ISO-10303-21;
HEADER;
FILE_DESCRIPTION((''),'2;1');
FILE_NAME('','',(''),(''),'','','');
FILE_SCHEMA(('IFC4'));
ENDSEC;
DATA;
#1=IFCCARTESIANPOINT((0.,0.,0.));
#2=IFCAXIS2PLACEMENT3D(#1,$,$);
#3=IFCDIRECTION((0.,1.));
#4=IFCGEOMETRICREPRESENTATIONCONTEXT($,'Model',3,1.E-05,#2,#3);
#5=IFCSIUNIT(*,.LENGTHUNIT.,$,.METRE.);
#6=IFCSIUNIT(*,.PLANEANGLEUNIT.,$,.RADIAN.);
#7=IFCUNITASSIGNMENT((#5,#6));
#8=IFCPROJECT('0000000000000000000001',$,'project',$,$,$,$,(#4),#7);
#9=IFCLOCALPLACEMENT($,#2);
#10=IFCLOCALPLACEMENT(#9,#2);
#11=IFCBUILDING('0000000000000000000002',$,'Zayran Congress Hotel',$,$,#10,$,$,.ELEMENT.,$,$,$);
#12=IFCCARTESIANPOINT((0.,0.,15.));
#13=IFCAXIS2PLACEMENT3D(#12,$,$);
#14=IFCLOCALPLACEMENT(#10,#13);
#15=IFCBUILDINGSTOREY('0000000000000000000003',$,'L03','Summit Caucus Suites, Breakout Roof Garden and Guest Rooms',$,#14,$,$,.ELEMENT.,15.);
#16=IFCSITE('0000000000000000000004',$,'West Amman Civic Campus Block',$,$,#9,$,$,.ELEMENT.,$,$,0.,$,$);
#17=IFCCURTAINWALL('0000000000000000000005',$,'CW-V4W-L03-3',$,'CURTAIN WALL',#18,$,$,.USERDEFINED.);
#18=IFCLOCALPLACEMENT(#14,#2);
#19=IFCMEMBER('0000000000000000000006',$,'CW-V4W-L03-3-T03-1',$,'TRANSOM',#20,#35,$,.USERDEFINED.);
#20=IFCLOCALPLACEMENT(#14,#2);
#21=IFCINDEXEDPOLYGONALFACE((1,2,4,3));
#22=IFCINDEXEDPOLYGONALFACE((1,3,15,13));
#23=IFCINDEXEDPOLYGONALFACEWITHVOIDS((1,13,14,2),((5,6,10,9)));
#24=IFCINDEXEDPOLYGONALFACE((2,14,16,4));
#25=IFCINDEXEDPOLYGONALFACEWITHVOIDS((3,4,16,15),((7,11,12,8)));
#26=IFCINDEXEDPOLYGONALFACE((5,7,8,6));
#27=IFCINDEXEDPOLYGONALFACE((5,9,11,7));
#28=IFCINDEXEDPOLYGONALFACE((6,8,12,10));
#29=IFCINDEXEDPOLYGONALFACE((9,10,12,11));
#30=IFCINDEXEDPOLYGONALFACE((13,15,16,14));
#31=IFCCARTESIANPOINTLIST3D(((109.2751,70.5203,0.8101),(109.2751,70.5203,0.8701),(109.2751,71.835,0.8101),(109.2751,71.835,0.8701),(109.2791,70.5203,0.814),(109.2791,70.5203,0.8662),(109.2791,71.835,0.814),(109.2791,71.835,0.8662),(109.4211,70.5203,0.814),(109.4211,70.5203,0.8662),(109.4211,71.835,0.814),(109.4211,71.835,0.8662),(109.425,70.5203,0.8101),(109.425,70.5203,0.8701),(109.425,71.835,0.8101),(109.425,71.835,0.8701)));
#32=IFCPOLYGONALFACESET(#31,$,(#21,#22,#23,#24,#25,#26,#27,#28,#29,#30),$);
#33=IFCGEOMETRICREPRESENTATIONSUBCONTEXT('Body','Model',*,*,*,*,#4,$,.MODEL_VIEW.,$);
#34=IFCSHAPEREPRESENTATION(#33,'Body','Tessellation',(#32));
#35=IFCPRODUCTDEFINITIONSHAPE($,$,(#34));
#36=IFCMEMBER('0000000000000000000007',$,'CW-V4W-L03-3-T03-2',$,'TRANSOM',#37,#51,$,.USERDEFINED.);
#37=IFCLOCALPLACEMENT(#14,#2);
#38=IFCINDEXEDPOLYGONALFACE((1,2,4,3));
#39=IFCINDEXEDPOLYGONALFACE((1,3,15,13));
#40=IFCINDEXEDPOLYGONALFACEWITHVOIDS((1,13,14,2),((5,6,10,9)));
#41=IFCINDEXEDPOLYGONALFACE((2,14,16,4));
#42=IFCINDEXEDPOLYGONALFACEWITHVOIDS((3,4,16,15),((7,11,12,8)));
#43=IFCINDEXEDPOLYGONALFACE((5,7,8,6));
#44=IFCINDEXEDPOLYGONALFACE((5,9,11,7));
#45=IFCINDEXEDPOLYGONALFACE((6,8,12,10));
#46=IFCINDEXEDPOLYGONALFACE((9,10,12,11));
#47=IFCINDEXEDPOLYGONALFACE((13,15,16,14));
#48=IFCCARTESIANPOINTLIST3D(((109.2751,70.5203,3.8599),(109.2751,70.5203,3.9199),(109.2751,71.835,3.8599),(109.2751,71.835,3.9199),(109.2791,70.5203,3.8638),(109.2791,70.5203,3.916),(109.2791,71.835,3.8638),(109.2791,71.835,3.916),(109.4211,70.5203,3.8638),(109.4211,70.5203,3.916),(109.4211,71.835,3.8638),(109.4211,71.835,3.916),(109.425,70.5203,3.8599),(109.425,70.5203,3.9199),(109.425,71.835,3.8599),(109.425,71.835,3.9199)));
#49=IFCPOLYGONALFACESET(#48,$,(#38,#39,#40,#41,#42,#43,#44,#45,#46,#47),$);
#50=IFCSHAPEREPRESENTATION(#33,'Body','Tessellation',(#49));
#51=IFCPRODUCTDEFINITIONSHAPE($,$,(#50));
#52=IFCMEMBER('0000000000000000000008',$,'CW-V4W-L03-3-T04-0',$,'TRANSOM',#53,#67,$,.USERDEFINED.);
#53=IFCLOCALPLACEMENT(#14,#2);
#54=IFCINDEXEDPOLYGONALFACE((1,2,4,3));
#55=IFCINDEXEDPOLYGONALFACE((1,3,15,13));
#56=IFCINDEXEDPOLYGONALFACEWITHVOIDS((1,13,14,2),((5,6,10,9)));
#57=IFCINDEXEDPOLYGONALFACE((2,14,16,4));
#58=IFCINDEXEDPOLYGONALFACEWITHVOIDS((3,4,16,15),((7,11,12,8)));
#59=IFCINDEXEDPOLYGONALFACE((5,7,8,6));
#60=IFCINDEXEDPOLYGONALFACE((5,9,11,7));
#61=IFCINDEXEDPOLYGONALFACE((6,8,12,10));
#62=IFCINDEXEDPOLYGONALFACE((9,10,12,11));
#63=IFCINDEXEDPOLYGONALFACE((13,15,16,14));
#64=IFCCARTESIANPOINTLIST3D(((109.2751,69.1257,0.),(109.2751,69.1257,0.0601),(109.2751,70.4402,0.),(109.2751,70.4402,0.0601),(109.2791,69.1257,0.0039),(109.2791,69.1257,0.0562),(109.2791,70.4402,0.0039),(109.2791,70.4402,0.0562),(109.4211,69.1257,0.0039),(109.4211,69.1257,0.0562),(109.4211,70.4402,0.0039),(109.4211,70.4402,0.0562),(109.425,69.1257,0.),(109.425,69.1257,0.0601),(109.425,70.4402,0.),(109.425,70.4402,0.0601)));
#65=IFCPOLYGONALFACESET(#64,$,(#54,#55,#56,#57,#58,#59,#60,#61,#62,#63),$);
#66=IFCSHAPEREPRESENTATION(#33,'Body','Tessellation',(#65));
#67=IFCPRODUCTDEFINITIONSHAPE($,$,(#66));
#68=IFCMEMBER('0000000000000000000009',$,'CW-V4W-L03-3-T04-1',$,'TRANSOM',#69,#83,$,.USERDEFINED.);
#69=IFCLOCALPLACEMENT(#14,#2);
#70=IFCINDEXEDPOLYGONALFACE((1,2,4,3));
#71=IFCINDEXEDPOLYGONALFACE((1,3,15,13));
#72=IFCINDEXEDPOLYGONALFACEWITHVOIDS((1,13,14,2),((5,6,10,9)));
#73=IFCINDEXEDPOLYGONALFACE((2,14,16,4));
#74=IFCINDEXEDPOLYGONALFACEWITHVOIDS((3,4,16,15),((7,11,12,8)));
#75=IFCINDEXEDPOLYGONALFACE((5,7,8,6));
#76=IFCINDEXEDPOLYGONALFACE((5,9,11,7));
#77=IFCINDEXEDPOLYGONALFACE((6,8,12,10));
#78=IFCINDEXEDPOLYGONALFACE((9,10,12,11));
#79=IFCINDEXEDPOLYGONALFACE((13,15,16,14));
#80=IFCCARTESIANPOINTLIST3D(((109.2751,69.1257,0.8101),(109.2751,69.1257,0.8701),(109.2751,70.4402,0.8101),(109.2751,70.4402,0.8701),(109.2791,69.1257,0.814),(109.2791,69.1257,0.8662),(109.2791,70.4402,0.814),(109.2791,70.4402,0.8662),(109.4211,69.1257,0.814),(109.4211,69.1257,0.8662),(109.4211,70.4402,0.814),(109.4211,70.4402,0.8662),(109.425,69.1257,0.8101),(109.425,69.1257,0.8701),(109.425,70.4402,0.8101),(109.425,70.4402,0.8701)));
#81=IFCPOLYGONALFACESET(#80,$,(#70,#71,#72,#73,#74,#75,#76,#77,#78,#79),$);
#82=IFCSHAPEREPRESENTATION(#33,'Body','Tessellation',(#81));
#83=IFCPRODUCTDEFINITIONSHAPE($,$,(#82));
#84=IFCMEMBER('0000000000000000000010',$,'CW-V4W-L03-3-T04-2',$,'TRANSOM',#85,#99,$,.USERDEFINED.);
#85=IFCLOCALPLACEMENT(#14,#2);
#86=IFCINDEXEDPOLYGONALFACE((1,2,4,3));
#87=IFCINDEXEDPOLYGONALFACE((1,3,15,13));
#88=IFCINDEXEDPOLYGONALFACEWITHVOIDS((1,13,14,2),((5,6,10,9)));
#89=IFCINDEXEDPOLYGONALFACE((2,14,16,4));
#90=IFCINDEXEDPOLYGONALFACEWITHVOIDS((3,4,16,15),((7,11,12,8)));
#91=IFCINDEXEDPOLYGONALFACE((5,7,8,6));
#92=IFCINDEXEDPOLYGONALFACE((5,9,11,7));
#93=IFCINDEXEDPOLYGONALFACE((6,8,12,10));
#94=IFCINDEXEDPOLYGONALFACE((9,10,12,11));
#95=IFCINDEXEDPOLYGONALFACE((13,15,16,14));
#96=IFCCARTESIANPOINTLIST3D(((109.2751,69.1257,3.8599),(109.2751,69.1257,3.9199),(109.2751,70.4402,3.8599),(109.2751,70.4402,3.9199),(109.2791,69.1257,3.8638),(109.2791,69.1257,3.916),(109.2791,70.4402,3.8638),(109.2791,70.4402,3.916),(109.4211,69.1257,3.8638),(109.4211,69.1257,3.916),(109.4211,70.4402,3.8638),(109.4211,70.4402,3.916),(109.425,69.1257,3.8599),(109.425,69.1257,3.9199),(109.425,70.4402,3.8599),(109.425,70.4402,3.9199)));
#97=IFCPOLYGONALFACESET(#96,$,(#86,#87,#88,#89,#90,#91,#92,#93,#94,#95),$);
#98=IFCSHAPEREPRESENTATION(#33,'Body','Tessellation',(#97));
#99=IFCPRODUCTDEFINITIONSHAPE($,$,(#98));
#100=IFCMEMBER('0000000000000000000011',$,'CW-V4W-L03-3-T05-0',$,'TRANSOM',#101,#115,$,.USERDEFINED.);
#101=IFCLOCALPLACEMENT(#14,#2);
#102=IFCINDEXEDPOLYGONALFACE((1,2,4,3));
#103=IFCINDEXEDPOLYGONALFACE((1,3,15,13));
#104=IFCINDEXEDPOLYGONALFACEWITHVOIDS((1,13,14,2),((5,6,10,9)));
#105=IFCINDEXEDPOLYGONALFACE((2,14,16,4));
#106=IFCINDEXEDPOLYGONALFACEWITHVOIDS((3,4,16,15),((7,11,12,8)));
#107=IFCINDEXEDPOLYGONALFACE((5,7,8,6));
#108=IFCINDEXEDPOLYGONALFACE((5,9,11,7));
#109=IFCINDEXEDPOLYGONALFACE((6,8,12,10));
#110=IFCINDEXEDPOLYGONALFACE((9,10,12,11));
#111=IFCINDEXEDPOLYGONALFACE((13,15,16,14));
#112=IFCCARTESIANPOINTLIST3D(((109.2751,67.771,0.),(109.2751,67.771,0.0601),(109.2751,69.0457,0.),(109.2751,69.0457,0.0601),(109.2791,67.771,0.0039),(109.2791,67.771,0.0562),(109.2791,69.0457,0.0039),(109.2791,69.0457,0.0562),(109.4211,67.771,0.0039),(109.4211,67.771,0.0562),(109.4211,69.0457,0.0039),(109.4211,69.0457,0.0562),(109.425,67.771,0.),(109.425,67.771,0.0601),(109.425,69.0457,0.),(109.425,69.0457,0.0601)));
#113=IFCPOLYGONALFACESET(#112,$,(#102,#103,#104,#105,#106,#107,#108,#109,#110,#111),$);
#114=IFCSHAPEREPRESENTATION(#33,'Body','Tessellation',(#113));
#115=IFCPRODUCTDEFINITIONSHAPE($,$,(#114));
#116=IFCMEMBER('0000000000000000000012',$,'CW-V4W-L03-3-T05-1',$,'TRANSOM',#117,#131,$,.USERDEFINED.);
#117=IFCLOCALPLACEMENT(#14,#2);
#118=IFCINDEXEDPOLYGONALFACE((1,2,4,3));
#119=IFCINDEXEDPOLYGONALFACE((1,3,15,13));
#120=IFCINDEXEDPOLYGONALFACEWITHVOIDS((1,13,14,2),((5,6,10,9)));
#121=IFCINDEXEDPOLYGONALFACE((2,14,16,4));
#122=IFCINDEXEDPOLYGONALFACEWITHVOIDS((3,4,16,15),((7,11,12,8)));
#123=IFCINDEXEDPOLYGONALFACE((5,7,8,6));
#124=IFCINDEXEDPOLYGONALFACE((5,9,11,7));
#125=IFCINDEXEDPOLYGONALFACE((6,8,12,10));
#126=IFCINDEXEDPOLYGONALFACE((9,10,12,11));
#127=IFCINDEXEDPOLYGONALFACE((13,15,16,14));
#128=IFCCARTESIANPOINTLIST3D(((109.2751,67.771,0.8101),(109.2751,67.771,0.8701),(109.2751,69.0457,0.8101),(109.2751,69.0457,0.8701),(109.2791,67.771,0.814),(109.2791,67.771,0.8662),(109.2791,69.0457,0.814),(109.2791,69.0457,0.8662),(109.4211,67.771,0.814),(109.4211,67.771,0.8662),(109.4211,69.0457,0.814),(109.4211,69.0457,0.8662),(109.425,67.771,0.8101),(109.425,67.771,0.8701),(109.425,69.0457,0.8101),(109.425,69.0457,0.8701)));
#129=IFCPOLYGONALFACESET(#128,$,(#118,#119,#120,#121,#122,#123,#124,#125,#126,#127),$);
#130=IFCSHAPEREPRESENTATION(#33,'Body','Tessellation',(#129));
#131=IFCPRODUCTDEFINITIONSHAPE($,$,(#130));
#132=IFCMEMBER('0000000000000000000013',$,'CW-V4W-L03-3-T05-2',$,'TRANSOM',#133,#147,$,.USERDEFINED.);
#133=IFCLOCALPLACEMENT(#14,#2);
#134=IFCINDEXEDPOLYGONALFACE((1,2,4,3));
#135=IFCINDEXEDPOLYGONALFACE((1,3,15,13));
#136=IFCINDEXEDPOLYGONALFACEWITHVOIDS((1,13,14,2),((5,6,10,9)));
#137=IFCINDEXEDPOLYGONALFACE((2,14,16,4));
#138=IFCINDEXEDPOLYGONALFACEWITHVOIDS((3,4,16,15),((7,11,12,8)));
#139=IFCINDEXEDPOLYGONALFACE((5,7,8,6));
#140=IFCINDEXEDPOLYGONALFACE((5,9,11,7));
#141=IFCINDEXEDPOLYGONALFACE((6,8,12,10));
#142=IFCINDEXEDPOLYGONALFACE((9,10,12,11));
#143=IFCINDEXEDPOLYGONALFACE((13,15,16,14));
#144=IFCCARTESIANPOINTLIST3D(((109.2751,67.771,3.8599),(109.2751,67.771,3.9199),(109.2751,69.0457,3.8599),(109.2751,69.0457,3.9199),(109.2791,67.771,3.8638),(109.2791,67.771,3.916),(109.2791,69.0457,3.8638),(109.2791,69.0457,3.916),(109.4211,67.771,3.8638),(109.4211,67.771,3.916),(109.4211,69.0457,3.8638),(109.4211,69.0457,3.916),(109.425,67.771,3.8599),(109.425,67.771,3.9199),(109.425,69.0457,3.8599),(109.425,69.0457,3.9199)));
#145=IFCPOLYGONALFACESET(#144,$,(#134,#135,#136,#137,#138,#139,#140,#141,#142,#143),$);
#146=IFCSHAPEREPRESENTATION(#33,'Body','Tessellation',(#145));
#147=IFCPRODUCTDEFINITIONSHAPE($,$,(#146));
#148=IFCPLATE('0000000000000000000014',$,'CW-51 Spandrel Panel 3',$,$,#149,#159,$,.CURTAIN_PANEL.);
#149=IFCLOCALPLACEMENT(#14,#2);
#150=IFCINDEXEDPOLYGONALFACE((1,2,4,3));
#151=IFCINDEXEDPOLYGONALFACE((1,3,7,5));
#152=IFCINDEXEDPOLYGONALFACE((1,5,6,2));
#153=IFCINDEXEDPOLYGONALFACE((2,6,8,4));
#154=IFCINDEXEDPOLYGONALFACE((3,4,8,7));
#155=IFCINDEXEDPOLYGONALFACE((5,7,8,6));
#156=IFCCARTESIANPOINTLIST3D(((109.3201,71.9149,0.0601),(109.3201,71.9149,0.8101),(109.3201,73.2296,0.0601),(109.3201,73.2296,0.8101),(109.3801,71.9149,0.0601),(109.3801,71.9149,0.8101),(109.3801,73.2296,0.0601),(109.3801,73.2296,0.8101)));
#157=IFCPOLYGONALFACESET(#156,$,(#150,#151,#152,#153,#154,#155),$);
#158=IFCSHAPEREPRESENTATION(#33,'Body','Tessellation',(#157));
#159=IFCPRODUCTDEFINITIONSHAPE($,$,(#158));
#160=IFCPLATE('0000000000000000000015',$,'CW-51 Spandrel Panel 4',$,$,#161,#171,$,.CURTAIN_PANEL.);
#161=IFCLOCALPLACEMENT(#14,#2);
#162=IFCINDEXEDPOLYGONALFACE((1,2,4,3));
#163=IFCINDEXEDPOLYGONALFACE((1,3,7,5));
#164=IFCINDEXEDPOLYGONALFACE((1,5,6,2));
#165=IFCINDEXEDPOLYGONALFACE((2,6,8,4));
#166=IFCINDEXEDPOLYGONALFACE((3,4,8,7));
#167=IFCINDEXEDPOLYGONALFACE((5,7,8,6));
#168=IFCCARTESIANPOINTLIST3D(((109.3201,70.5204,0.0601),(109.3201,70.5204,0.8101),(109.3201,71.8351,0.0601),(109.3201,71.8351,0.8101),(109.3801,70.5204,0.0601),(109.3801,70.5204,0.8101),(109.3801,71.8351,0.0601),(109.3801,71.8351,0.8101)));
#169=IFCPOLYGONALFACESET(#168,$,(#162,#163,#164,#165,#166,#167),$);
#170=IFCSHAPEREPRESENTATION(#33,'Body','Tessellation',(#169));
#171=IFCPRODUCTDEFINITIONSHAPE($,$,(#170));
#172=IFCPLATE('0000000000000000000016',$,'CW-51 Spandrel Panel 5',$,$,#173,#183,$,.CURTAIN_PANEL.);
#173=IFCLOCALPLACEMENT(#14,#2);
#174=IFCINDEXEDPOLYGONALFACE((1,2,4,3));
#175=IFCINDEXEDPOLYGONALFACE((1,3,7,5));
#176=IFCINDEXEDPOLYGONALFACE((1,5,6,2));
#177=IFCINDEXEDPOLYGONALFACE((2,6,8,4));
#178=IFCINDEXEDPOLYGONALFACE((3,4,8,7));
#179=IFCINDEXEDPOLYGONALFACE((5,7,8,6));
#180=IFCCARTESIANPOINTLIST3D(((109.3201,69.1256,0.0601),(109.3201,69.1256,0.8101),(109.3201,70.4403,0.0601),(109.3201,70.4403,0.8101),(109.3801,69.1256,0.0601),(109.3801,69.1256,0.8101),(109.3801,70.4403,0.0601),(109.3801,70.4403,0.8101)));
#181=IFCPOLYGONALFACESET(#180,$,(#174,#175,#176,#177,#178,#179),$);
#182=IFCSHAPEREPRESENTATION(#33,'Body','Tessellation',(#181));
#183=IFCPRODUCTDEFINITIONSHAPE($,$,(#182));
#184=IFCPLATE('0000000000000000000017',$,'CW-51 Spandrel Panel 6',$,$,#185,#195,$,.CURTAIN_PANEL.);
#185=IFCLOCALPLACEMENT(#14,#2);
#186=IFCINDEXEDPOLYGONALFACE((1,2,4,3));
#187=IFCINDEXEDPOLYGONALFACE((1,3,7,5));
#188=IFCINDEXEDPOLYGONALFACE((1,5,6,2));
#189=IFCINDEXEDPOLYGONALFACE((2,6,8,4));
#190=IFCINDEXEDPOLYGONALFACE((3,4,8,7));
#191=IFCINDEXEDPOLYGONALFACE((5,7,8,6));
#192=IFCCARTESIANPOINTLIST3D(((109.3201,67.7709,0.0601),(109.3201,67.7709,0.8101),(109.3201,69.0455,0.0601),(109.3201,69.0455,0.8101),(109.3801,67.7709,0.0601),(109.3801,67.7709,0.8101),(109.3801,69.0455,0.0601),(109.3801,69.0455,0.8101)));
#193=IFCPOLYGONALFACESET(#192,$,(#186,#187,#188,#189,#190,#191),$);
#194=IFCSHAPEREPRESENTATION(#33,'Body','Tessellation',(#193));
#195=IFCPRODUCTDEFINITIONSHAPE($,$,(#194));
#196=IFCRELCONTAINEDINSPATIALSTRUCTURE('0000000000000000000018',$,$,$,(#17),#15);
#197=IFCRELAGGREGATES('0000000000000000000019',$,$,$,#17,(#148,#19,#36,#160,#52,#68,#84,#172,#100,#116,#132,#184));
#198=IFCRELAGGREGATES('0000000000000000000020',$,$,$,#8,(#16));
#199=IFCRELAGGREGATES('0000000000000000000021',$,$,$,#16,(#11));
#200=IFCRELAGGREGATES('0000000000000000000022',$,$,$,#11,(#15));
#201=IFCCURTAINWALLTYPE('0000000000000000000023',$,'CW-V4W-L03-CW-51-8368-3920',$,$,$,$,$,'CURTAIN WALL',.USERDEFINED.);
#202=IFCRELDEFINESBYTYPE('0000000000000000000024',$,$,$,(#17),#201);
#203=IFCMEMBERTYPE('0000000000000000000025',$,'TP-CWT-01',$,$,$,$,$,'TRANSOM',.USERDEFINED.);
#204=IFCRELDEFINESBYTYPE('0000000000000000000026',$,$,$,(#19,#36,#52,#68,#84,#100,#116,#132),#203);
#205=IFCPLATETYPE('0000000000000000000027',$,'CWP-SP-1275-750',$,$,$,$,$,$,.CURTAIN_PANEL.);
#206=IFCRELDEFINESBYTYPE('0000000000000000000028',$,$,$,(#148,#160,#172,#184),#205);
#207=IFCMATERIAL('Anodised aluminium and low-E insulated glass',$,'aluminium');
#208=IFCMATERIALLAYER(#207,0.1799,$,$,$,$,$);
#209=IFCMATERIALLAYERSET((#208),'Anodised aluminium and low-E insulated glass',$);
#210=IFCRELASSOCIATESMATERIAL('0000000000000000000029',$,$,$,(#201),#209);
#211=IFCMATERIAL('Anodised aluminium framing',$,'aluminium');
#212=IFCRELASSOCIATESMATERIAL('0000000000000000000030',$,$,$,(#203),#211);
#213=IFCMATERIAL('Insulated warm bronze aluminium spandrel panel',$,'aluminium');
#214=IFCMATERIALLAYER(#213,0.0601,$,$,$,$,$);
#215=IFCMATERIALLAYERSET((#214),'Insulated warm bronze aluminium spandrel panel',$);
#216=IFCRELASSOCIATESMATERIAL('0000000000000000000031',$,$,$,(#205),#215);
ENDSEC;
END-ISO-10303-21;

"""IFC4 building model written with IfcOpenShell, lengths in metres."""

from ifc_helpers import new_model, si_unit, direction, frame, origin, origin_2d, place, context, subcontext, project, spatial, rectangle, hollow_rectangle, extrude, material, layer, layer_set, material_profile, profile_set, type_object, element, aggregate, save


model = new_model("IFC4")

# Units and contexts
model_context = context("Model", 3, precision=1e-05, world=origin(), true_north=direction((0.0, 1.0)))
body_context = subcontext(model_context, "Body", "Model", "MODEL_VIEW")
ifc_project = project(units=[si_unit("LENGTHUNIT", "METRE"), si_unit("PLANEANGLEUNIT", "RADIAN")], contexts=[model_context])

# Site, building, storey
site_placement = place(None, origin())
site = spatial("IfcSite", under=ifc_project, at=site_placement, Name="West Amman Civic Campus Block", CompositionType="ELEMENT", RefElevation=0.0)
building_placement = place(site_placement, origin())
building = spatial("IfcBuilding", under=site, at=building_placement, Name="Zayran Congress Hotel", CompositionType="ELEMENT")
storey_placement = place(building_placement, frame((0.0, 0.0, 15.0)))
storey = spatial("IfcBuildingStorey", under=building, at=storey_placement, Name="L03", Description="Summit Caucus Suites, Breakout Roof Garden and Guest Rooms", CompositionType="ELEMENT", Elevation=15.0)

# Shared definitions
ifc_material_1 = material(Name="Anodised aluminium and low-E insulated glass", Category="aluminium")
ifc_material_2 = material(Name="Anodised aluminium framing", Category="aluminium")

# Curtain wall
ifc_layer_1 = layer(ifc_material_1, 0.1799)
ifc_layer_set_1 = layer_set([ifc_layer_1], Name="Anodised aluminium and low-E insulated glass")
curtain_wall_type_1 = type_object("IfcCurtainWallType", Name="CW-V4W-L03-CW-51-8368-3920", ElementType="CURTAIN WALL", PredefinedType="USERDEFINED", material=ifc_layer_set_1)
curtain_wall_1_placement = place(storey_placement, origin())
curtain_wall_1 = element("IfcCurtainWall", 1, at=curtain_wall_1_placement, inside=storey, type_object=curtain_wall_type_1, Name="CW-V4W-L03-3", ObjectType="CURTAIN WALL", PredefinedType="USERDEFINED")

# Members
ifc_material_profile_1 = material_profile(ifc_material_2, hollow_rectangle(XDim=0.0601, YDim=0.1499, WallThickness=0.0039, at=origin_2d()), Name="RHS 150x60x4")
ifc_profile_set_1 = profile_set([ifc_material_profile_1], Name="Anodised aluminium framing")
member_type_1 = type_object("IfcMemberType", Name="TP-CWT-01", ElementType="TRANSOM", PredefinedType="USERDEFINED", material=ifc_profile_set_1)
member_1_placement = place(storey_placement, frame((109.3501, 71.835, 0.8401), z_axis=(0.0, -1.0, 0.0), x_axis=(0.0, 0.0, 1.0)))
member_1 = element("IfcMember", 2, at=member_1_placement, type_object=member_type_1, Name="CW-V4W-L03-3-T03-1", ObjectType="TRANSOM", PredefinedType="USERDEFINED", context=body_context, shape_type="SweptSolid", body=[
    extrude(hollow_rectangle(XDim=0.0601, YDim=0.1499, WallThickness=0.0039, at=origin_2d()), origin(), (0.0, 0.0, 1.0), 1.3147),
])
member_2_placement = place(storey_placement, frame((109.3501, 71.835, 3.8899), z_axis=(0.0, -1.0, 0.0), x_axis=(0.0, 0.0, 1.0)))
member_2 = element("IfcMember", 3, at=member_2_placement, type_object=member_type_1, Name="CW-V4W-L03-3-T03-2", ObjectType="TRANSOM", PredefinedType="USERDEFINED", context=body_context, shape_type="SweptSolid", body=[
    extrude(hollow_rectangle(XDim=0.0601, YDim=0.1499, WallThickness=0.0039, at=origin_2d()), origin(), (0.0, 0.0, 1.0), 1.3147),
])
member_3_placement = place(storey_placement, frame((109.3501, 70.4402, 0.03), z_axis=(0.0, -1.0, 0.0), x_axis=(0.0, 0.0, 1.0)))
member_3 = element("IfcMember", 4, at=member_3_placement, type_object=member_type_1, Name="CW-V4W-L03-3-T04-0", ObjectType="TRANSOM", PredefinedType="USERDEFINED", context=body_context, shape_type="SweptSolid", body=[
    extrude(hollow_rectangle(XDim=0.0601, YDim=0.1499, WallThickness=0.0039, at=origin_2d()), origin(), (0.0, 0.0, 1.0), 1.3145),
])
member_4_placement = place(storey_placement, frame((109.3501, 70.4402, 0.8401), z_axis=(0.0, -1.0, 0.0), x_axis=(0.0, 0.0, 1.0)))
member_4 = element("IfcMember", 5, at=member_4_placement, type_object=member_type_1, Name="CW-V4W-L03-3-T04-1", ObjectType="TRANSOM", PredefinedType="USERDEFINED", context=body_context, shape_type="SweptSolid", body=[
    extrude(hollow_rectangle(XDim=0.0601, YDim=0.1499, WallThickness=0.0039, at=origin_2d()), origin(), (0.0, 0.0, 1.0), 1.3145),
])
member_5_placement = place(storey_placement, frame((109.3501, 70.4402, 3.8899), z_axis=(0.0, -1.0, 0.0), x_axis=(0.0, 0.0, 1.0)))
member_5 = element("IfcMember", 6, at=member_5_placement, type_object=member_type_1, Name="CW-V4W-L03-3-T04-2", ObjectType="TRANSOM", PredefinedType="USERDEFINED", context=body_context, shape_type="SweptSolid", body=[
    extrude(hollow_rectangle(XDim=0.0601, YDim=0.1499, WallThickness=0.0039, at=origin_2d()), origin(), (0.0, 0.0, 1.0), 1.3145),
])
member_6_placement = place(storey_placement, frame((109.3501, 69.0457, 0.03), z_axis=(0.0, -1.0, 0.0), x_axis=(0.0, 0.0, 1.0)))
member_6 = element("IfcMember", 7, at=member_6_placement, type_object=member_type_1, Name="CW-V4W-L03-3-T05-0", ObjectType="TRANSOM", PredefinedType="USERDEFINED", context=body_context, shape_type="SweptSolid", body=[
    extrude(hollow_rectangle(XDim=0.0601, YDim=0.1499, WallThickness=0.0039, at=origin_2d()), origin(), (0.0, 0.0, 1.0), 1.2747),
])
member_7_placement = place(storey_placement, frame((109.3501, 69.0457, 0.8401), z_axis=(0.0, -1.0, 0.0), x_axis=(0.0, 0.0, 1.0)))
member_7 = element("IfcMember", 8, at=member_7_placement, type_object=member_type_1, Name="CW-V4W-L03-3-T05-1", ObjectType="TRANSOM", PredefinedType="USERDEFINED", context=body_context, shape_type="SweptSolid", body=[
    extrude(hollow_rectangle(XDim=0.0601, YDim=0.1499, WallThickness=0.0039, at=origin_2d()), origin(), (0.0, 0.0, 1.0), 1.2747),
])
member_8_placement = place(storey_placement, frame((109.3501, 69.0457, 3.8899), z_axis=(0.0, -1.0, 0.0), x_axis=(0.0, 0.0, 1.0)))
member_8 = element("IfcMember", 9, at=member_8_placement, type_object=member_type_1, Name="CW-V4W-L03-3-T05-2", ObjectType="TRANSOM", PredefinedType="USERDEFINED", context=body_context, shape_type="SweptSolid", body=[
    extrude(hollow_rectangle(XDim=0.0601, YDim=0.1499, WallThickness=0.0039, at=origin_2d()), origin(), (0.0, 0.0, 1.0), 1.2747),
])

# Plates
ifc_material_3 = material(Name="Insulated warm bronze aluminium spandrel panel", Category="aluminium")
ifc_layer_2 = layer(ifc_material_3, 0.0601)
ifc_layer_set_2 = layer_set([ifc_layer_2], Name="Insulated warm bronze aluminium spandrel panel")
plate_type_1 = type_object("IfcPlateType", Name="CWP-SP-1275-750", PredefinedType="CURTAIN_PANEL", material=ifc_layer_set_2)
plate_1_placement = place(storey_placement, frame((109.3501, 72.5723, 0.0601), z_axis=(0.0, 0.0, 1.0), x_axis=(0.0, 1.0, 0.0)))
plate_1 = element("IfcPlate", 10, at=plate_1_placement, type_object=plate_type_1, Name="CW-51 Spandrel Panel 3", PredefinedType="CURTAIN_PANEL", context=body_context, shape_type="SweptSolid", body=[
    extrude(rectangle(XDim=1.3147, YDim=0.0601, at=origin_2d()), origin(), (0.0, 0.0, 1.0), 0.75),
])
plate_2_placement = place(storey_placement, frame((109.3501, 71.1777, 0.0601), z_axis=(0.0, 0.0, 1.0), x_axis=(0.0, 1.0, 0.0)))
plate_2 = element("IfcPlate", 11, at=plate_2_placement, type_object=plate_type_1, Name="CW-51 Spandrel Panel 4", PredefinedType="CURTAIN_PANEL", context=body_context, shape_type="SweptSolid", body=[
    extrude(rectangle(XDim=1.3147, YDim=0.0601, at=origin_2d()), origin(), (0.0, 0.0, 1.0), 0.75),
])
plate_3_placement = place(storey_placement, frame((109.3501, 69.783, 0.0601), z_axis=(0.0, 0.0, 1.0), x_axis=(0.0, 1.0, 0.0)))
plate_3 = element("IfcPlate", 12, at=plate_3_placement, type_object=plate_type_1, Name="CW-51 Spandrel Panel 5", PredefinedType="CURTAIN_PANEL", context=body_context, shape_type="SweptSolid", body=[
    extrude(rectangle(XDim=1.3147, YDim=0.0601, at=origin_2d()), origin(), (0.0, 0.0, 1.0), 0.75),
])
plate_4_placement = place(storey_placement, frame((109.3501, 68.4082, 0.0601), z_axis=(0.0, 0.0, 1.0), x_axis=(0.0, 1.0, 0.0)))
plate_4 = element("IfcPlate", 13, at=plate_4_placement, type_object=plate_type_1, Name="CW-51 Spandrel Panel 6", PredefinedType="CURTAIN_PANEL", context=body_context, shape_type="SweptSolid", body=[
    extrude(rectangle(XDim=1.2747, YDim=0.0601, at=origin_2d()), origin(), (0.0, 0.0, 1.0), 0.75),
])
aggregate(curtain_wall_1, [plate_1, member_1, member_2, plate_2, member_3, member_4, member_5, plate_3, member_6, member_7, member_8, plate_4])

save(model, "model.ifc")
